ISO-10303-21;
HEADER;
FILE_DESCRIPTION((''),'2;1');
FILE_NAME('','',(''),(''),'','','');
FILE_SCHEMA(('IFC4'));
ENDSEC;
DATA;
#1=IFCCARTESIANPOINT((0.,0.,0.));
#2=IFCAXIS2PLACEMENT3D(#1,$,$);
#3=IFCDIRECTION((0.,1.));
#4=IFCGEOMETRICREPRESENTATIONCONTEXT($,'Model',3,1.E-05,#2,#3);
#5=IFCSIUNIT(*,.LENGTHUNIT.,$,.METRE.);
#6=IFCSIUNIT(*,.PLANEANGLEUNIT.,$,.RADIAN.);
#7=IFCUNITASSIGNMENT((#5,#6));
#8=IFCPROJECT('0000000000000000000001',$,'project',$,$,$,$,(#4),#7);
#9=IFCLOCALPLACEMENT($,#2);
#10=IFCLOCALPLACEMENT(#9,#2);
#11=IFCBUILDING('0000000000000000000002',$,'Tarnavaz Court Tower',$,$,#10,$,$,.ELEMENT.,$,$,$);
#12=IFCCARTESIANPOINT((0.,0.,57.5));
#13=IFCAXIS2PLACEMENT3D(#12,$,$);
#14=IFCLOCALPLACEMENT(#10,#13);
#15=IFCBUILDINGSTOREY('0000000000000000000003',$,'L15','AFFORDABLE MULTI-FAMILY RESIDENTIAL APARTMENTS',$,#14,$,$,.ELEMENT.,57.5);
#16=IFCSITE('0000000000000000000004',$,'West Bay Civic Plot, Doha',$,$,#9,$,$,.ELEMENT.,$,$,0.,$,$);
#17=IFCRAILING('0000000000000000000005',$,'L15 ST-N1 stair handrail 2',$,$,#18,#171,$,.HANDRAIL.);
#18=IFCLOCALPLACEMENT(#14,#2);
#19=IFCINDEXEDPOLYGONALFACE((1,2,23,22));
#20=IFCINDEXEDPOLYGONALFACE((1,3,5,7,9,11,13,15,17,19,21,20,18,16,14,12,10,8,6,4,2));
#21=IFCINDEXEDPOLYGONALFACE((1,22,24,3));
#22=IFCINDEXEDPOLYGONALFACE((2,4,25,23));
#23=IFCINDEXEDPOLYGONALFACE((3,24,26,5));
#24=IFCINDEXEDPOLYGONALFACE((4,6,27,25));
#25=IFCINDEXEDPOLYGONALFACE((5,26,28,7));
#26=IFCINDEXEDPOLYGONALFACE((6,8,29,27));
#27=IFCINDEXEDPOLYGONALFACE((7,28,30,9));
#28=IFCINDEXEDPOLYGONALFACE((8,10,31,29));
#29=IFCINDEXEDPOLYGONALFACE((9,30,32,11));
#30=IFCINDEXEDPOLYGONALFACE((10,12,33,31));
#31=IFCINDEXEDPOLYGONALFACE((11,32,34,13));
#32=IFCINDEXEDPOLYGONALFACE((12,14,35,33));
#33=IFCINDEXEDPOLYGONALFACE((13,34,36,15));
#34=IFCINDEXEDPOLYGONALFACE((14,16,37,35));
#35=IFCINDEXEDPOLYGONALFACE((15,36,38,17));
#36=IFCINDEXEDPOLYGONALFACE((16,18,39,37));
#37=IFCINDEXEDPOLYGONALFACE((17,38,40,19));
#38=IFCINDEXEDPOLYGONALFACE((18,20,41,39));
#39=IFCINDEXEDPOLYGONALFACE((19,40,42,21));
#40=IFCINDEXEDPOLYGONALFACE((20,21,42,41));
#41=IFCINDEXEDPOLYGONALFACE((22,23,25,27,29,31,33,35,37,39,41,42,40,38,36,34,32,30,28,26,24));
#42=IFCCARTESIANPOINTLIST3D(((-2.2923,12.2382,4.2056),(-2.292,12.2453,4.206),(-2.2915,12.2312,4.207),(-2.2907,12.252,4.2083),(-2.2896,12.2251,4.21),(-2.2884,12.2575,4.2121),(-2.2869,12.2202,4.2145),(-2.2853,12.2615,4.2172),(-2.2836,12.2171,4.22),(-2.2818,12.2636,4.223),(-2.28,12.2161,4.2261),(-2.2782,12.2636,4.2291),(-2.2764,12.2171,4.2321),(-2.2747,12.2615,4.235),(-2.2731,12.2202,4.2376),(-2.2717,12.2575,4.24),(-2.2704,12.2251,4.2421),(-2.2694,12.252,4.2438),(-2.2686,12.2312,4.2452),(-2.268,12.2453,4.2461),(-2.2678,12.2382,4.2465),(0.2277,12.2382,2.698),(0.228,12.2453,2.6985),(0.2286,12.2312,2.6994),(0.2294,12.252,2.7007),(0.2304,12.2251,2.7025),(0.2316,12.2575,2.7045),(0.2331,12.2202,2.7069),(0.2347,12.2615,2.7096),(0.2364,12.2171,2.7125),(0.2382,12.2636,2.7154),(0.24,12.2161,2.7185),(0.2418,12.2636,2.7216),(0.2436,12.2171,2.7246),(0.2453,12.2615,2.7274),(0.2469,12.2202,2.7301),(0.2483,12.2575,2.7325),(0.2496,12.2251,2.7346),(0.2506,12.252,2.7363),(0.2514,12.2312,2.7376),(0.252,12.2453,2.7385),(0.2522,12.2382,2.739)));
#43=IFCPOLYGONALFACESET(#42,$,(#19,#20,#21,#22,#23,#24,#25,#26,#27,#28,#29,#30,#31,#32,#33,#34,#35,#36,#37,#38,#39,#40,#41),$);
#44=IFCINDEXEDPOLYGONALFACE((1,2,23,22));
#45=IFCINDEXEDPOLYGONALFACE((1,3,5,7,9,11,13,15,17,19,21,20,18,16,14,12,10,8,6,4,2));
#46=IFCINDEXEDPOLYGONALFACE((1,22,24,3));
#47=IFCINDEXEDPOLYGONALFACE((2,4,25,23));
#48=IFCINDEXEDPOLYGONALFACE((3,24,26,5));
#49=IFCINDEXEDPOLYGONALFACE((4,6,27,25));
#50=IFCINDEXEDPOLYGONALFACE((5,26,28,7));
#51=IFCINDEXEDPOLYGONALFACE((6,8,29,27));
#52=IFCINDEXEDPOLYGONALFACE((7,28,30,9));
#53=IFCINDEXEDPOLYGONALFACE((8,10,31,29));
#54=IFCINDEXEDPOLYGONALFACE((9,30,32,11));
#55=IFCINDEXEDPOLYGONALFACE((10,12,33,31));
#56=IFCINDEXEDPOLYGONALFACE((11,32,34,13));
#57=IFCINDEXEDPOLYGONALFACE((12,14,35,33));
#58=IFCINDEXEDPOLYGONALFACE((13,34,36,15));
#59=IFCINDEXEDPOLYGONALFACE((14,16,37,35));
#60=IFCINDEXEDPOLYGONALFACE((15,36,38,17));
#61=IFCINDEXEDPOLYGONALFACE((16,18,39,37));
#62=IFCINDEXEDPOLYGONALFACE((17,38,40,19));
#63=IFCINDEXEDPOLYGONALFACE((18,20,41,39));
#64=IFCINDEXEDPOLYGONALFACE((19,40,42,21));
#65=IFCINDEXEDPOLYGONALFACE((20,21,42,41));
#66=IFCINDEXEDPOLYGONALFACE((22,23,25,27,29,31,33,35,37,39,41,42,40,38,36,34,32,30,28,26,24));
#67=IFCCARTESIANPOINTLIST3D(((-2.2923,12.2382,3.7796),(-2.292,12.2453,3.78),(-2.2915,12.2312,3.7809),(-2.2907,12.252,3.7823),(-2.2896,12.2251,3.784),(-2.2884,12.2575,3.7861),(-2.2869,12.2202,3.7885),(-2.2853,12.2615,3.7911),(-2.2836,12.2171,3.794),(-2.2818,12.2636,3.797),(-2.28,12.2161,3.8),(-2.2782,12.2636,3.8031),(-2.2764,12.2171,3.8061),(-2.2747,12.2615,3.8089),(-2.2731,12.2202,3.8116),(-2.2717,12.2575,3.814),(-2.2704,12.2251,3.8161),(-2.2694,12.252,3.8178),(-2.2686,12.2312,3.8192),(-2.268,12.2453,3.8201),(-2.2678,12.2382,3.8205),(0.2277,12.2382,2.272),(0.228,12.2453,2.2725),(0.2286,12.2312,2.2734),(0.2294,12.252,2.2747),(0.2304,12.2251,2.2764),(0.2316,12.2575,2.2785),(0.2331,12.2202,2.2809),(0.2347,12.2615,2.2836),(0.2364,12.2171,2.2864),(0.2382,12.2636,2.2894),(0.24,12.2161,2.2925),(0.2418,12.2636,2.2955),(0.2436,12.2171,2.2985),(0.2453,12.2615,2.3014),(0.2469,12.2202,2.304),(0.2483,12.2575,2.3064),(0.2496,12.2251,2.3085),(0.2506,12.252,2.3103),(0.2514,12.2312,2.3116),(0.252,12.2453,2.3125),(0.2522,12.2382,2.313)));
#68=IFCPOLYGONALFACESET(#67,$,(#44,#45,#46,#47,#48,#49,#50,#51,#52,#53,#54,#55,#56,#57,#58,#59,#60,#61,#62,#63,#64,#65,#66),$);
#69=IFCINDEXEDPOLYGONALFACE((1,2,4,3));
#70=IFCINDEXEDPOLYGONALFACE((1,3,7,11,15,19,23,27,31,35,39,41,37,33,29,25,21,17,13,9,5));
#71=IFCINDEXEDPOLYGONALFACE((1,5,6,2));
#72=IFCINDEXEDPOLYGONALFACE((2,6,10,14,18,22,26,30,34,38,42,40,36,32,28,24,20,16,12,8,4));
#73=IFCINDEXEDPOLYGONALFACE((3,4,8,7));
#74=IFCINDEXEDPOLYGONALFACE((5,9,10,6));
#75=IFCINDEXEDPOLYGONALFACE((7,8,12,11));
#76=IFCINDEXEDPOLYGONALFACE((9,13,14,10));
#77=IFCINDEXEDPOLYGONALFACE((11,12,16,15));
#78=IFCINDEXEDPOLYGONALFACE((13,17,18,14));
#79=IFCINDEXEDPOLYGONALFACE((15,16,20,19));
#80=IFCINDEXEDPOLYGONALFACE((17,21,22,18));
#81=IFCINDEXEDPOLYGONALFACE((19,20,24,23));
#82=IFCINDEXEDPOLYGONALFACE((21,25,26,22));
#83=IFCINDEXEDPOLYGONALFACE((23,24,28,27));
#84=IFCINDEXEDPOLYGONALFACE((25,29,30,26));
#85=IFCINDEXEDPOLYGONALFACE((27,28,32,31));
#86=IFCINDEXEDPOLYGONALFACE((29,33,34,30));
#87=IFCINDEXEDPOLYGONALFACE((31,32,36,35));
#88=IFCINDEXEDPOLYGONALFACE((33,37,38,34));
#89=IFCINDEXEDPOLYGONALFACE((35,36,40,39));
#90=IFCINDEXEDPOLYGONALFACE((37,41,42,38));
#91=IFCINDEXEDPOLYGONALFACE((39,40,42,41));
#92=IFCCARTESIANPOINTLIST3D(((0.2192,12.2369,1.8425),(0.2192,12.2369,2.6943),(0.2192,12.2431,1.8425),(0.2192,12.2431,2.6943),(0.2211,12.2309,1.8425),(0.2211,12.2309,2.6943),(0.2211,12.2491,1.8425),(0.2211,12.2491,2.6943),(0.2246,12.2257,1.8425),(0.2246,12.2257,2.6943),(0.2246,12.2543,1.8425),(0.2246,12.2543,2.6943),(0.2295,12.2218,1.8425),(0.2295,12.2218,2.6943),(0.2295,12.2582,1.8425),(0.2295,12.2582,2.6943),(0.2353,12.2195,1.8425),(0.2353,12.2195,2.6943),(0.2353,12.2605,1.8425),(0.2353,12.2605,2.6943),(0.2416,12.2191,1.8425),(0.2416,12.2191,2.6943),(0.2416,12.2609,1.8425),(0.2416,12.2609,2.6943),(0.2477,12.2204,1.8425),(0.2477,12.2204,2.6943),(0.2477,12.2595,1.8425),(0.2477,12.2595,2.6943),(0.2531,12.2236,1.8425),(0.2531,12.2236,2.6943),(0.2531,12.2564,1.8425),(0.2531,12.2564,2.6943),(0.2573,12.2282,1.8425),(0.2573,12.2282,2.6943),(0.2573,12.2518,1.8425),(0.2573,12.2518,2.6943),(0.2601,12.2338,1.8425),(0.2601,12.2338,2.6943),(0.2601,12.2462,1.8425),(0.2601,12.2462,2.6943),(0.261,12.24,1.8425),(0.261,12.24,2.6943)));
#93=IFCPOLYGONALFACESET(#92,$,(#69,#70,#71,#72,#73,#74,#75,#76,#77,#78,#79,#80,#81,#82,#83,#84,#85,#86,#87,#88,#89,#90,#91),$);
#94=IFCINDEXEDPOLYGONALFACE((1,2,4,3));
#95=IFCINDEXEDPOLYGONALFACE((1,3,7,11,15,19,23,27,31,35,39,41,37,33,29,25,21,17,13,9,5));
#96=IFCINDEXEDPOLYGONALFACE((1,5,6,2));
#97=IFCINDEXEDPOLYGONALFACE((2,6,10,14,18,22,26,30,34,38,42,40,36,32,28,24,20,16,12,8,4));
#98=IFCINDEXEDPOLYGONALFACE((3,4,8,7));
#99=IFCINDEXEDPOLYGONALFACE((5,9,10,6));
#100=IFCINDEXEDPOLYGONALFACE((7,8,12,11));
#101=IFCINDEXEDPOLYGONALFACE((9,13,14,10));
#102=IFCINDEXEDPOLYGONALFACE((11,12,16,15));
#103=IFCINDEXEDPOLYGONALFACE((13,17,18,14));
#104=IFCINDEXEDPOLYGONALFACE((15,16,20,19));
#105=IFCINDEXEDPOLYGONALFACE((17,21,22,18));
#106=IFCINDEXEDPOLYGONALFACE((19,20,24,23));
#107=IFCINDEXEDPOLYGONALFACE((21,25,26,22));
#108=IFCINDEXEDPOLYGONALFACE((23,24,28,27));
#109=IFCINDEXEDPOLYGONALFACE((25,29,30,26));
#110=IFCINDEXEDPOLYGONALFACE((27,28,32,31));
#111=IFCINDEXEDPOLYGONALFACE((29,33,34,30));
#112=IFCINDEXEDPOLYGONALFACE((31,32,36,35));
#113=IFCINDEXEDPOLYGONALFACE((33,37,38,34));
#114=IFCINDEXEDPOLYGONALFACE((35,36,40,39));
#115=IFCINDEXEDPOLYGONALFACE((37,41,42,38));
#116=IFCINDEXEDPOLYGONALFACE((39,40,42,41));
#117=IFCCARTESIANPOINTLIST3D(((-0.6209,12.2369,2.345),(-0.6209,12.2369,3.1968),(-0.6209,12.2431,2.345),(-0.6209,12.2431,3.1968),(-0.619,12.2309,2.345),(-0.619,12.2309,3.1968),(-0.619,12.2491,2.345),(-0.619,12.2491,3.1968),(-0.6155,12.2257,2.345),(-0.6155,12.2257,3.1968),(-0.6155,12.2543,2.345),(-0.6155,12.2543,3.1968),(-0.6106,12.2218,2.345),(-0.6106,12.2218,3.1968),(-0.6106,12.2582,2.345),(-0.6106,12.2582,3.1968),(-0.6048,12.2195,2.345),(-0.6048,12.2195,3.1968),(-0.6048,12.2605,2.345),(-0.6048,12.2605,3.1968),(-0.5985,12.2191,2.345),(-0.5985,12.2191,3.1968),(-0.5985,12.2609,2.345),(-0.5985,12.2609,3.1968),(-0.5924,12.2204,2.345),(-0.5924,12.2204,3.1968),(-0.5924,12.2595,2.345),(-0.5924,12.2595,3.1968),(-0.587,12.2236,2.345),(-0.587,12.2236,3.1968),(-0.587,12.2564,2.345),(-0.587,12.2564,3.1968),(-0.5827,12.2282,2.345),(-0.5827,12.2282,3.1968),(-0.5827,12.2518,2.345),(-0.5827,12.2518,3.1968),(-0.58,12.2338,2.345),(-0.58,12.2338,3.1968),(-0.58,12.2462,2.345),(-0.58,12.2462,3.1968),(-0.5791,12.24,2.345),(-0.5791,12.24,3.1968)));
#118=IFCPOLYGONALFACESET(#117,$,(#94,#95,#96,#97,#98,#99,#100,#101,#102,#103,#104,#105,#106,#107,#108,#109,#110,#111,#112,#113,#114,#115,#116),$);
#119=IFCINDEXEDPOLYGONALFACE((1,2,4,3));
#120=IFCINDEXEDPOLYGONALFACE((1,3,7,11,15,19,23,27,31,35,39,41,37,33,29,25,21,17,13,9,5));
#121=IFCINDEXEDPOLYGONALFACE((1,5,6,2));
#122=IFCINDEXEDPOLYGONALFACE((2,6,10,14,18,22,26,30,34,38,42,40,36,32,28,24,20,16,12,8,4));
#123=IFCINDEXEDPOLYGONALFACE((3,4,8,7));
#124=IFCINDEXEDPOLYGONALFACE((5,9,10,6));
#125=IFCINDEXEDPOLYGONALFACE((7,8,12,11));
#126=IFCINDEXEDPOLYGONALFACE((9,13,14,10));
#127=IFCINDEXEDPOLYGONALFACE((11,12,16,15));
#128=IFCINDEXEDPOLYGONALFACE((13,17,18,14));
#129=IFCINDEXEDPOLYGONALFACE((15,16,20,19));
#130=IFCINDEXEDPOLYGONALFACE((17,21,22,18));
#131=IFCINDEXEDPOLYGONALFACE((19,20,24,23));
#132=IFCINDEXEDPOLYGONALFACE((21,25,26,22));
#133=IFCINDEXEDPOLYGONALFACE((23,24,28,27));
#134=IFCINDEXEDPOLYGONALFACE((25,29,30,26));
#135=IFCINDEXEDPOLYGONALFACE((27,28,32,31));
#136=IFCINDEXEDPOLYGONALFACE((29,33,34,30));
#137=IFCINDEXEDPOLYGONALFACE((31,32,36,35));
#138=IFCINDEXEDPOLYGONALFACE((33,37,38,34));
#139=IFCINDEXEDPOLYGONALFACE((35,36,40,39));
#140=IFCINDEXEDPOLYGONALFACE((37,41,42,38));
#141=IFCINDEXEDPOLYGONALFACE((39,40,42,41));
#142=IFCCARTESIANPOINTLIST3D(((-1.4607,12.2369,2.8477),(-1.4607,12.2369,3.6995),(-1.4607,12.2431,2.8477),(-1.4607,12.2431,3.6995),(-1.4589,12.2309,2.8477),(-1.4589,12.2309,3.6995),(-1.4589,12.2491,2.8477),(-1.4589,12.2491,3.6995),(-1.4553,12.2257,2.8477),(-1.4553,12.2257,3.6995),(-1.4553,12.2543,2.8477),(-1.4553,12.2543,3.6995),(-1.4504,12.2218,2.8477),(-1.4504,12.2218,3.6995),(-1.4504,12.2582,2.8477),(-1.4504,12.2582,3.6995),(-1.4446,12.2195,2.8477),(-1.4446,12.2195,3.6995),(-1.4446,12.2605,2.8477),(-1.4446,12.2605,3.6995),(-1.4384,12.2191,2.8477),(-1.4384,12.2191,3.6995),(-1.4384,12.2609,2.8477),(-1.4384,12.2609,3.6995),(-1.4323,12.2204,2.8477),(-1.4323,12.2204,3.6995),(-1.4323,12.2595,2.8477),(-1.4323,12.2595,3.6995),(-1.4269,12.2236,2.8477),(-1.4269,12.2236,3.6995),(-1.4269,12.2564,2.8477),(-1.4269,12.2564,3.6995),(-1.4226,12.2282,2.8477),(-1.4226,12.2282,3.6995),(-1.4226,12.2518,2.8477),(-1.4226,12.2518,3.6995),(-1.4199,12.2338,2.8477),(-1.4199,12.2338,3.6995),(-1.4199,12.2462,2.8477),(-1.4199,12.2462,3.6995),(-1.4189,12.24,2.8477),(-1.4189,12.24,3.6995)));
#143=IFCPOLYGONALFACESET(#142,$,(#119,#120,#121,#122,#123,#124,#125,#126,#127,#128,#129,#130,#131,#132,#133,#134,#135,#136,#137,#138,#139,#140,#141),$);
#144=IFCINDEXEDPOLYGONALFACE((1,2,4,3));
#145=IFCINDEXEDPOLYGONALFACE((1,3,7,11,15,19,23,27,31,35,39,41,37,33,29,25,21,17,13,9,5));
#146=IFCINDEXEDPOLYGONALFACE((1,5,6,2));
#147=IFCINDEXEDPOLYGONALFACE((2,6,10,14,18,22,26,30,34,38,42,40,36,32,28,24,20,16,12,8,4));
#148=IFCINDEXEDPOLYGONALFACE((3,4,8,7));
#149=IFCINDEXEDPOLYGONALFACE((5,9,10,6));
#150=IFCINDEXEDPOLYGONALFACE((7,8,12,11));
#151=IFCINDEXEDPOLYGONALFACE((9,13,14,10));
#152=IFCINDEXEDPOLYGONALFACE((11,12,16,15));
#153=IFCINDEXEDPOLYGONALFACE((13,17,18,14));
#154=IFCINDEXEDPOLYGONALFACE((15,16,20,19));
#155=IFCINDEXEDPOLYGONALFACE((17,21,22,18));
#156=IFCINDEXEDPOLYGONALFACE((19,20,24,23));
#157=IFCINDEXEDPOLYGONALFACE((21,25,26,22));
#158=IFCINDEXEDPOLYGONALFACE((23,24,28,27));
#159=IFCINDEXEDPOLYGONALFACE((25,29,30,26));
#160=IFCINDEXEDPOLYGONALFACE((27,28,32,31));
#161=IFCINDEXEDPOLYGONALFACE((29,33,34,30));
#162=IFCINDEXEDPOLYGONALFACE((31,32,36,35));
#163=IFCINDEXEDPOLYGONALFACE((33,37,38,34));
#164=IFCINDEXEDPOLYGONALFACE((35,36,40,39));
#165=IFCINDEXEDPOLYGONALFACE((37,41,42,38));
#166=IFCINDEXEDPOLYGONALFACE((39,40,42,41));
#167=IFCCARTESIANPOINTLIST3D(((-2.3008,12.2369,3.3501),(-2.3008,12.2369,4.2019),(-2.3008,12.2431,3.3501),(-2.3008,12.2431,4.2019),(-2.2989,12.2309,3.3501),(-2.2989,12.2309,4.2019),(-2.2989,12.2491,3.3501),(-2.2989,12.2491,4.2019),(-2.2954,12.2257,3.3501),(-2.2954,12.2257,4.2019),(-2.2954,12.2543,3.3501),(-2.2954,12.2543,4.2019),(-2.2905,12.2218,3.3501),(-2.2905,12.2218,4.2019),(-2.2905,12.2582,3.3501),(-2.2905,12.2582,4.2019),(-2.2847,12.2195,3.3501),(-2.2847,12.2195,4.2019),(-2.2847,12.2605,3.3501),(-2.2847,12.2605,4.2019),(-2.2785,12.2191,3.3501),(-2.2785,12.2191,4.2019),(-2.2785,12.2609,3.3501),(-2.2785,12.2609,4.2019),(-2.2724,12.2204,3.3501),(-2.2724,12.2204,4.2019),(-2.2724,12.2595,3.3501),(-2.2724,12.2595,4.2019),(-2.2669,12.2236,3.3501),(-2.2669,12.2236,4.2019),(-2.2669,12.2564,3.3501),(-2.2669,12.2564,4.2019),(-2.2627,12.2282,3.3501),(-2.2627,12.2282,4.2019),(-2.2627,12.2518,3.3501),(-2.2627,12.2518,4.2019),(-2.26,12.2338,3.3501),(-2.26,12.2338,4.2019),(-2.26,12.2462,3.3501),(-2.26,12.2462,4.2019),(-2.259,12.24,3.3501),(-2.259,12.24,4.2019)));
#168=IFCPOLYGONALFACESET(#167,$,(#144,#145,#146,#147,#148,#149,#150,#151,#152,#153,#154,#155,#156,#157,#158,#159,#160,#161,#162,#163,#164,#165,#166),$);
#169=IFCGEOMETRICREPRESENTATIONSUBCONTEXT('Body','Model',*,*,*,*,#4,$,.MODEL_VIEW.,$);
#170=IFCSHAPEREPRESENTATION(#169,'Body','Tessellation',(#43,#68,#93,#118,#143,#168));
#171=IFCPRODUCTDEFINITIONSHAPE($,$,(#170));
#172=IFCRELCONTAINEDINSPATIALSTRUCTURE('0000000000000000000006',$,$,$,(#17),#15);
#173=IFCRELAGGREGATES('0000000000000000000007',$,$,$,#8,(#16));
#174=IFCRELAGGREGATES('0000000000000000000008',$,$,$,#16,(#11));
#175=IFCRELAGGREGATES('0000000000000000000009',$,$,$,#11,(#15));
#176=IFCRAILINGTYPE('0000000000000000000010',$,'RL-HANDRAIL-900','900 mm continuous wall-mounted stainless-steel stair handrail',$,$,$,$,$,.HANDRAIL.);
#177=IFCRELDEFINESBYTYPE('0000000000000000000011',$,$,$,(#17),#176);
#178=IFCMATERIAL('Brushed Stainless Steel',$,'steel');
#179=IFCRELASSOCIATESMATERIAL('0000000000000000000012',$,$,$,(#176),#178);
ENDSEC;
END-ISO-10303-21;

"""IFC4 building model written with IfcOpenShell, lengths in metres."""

from ifc_helpers import new_model, si_unit, direction, frame, origin, origin_2d, place, context, subcontext, project, spatial, circle, extrude, material, type_object, element, save


model = new_model("IFC4")

# Units and contexts
model_context = context("Model", 3, precision=1e-05, world=origin(), true_north=direction((0.0, 1.0)))
body_context = subcontext(model_context, "Body", "Model", "MODEL_VIEW")
ifc_project = project(units=[si_unit("LENGTHUNIT", "METRE"), si_unit("PLANEANGLEUNIT", "RADIAN")], contexts=[model_context])

# Site, building, storey
site_placement = place(None, origin())
site = spatial("IfcSite", under=ifc_project, at=site_placement, Name="West Bay Civic Plot, Doha", CompositionType="ELEMENT", RefElevation=0.0)
building_placement = place(site_placement, origin())
building = spatial("IfcBuilding", under=site, at=building_placement, Name="Tarnavaz Court Tower", CompositionType="ELEMENT")
storey_placement = place(building_placement, frame((0.0, 0.0, 57.5)))
storey = spatial("IfcBuildingStorey", under=building, at=storey_placement, Name="L15", Description="AFFORDABLE MULTI-FAMILY RESIDENTIAL APARTMENTS", CompositionType="ELEMENT", Elevation=57.5)

# Railing
ifc_material_1 = material(Name="Brushed Stainless Steel", Category="steel")
railing_type_1 = type_object("IfcRailingType", Name="RL-HANDRAIL-900", Description="900 mm continuous wall-mounted stainless-steel stair handrail", PredefinedType="HANDRAIL", material=ifc_material_1)
railing_1_placement = place(storey_placement, frame((0.24, 12.24, 1.8425)))
element("IfcRailing", 1, at=railing_1_placement, inside=storey, type_object=railing_type_1, Name="L15 ST-N1 stair handrail 2", PredefinedType="HANDRAIL", context=body_context, shape_type="SweptSolid", body=[
    extrude(circle(Radius=0.0239, at=origin_2d()), frame((0.0, 0.0, 0.876), z_axis=(-0.85816, 0.0, 0.513383), x_axis=(0.0, -1.0, 0.0)), (0.0, 0.0, 1.0), 2.9365),
    extrude(circle(Radius=0.0239, at=origin_2d()), frame((0.0, 0.0, 0.45), z_axis=(-0.85816, 0.0, 0.513383), x_axis=(0.0, -1.0, 0.0)), (0.0, 0.0, 1.0), 2.9365),
    extrude(circle(Radius=0.021, at=origin_2d()), origin(), (0.0, 0.0, 1.0), 0.8518),
    extrude(circle(Radius=0.021, at=origin_2d()), frame((-0.8401, 0.0, 0.5024)), (0.0, 0.0, 1.0), 0.8518),
    extrude(circle(Radius=0.021, at=origin_2d()), frame((-1.6799, 0.0, 1.0051)), (0.0, 0.0, 1.0), 0.8518),
    extrude(circle(Radius=0.021, at=origin_2d()), frame((-2.52, 0.0, 1.5076)), (0.0, 0.0, 1.0), 0.8518),
])

save(model, "model.ifc")
